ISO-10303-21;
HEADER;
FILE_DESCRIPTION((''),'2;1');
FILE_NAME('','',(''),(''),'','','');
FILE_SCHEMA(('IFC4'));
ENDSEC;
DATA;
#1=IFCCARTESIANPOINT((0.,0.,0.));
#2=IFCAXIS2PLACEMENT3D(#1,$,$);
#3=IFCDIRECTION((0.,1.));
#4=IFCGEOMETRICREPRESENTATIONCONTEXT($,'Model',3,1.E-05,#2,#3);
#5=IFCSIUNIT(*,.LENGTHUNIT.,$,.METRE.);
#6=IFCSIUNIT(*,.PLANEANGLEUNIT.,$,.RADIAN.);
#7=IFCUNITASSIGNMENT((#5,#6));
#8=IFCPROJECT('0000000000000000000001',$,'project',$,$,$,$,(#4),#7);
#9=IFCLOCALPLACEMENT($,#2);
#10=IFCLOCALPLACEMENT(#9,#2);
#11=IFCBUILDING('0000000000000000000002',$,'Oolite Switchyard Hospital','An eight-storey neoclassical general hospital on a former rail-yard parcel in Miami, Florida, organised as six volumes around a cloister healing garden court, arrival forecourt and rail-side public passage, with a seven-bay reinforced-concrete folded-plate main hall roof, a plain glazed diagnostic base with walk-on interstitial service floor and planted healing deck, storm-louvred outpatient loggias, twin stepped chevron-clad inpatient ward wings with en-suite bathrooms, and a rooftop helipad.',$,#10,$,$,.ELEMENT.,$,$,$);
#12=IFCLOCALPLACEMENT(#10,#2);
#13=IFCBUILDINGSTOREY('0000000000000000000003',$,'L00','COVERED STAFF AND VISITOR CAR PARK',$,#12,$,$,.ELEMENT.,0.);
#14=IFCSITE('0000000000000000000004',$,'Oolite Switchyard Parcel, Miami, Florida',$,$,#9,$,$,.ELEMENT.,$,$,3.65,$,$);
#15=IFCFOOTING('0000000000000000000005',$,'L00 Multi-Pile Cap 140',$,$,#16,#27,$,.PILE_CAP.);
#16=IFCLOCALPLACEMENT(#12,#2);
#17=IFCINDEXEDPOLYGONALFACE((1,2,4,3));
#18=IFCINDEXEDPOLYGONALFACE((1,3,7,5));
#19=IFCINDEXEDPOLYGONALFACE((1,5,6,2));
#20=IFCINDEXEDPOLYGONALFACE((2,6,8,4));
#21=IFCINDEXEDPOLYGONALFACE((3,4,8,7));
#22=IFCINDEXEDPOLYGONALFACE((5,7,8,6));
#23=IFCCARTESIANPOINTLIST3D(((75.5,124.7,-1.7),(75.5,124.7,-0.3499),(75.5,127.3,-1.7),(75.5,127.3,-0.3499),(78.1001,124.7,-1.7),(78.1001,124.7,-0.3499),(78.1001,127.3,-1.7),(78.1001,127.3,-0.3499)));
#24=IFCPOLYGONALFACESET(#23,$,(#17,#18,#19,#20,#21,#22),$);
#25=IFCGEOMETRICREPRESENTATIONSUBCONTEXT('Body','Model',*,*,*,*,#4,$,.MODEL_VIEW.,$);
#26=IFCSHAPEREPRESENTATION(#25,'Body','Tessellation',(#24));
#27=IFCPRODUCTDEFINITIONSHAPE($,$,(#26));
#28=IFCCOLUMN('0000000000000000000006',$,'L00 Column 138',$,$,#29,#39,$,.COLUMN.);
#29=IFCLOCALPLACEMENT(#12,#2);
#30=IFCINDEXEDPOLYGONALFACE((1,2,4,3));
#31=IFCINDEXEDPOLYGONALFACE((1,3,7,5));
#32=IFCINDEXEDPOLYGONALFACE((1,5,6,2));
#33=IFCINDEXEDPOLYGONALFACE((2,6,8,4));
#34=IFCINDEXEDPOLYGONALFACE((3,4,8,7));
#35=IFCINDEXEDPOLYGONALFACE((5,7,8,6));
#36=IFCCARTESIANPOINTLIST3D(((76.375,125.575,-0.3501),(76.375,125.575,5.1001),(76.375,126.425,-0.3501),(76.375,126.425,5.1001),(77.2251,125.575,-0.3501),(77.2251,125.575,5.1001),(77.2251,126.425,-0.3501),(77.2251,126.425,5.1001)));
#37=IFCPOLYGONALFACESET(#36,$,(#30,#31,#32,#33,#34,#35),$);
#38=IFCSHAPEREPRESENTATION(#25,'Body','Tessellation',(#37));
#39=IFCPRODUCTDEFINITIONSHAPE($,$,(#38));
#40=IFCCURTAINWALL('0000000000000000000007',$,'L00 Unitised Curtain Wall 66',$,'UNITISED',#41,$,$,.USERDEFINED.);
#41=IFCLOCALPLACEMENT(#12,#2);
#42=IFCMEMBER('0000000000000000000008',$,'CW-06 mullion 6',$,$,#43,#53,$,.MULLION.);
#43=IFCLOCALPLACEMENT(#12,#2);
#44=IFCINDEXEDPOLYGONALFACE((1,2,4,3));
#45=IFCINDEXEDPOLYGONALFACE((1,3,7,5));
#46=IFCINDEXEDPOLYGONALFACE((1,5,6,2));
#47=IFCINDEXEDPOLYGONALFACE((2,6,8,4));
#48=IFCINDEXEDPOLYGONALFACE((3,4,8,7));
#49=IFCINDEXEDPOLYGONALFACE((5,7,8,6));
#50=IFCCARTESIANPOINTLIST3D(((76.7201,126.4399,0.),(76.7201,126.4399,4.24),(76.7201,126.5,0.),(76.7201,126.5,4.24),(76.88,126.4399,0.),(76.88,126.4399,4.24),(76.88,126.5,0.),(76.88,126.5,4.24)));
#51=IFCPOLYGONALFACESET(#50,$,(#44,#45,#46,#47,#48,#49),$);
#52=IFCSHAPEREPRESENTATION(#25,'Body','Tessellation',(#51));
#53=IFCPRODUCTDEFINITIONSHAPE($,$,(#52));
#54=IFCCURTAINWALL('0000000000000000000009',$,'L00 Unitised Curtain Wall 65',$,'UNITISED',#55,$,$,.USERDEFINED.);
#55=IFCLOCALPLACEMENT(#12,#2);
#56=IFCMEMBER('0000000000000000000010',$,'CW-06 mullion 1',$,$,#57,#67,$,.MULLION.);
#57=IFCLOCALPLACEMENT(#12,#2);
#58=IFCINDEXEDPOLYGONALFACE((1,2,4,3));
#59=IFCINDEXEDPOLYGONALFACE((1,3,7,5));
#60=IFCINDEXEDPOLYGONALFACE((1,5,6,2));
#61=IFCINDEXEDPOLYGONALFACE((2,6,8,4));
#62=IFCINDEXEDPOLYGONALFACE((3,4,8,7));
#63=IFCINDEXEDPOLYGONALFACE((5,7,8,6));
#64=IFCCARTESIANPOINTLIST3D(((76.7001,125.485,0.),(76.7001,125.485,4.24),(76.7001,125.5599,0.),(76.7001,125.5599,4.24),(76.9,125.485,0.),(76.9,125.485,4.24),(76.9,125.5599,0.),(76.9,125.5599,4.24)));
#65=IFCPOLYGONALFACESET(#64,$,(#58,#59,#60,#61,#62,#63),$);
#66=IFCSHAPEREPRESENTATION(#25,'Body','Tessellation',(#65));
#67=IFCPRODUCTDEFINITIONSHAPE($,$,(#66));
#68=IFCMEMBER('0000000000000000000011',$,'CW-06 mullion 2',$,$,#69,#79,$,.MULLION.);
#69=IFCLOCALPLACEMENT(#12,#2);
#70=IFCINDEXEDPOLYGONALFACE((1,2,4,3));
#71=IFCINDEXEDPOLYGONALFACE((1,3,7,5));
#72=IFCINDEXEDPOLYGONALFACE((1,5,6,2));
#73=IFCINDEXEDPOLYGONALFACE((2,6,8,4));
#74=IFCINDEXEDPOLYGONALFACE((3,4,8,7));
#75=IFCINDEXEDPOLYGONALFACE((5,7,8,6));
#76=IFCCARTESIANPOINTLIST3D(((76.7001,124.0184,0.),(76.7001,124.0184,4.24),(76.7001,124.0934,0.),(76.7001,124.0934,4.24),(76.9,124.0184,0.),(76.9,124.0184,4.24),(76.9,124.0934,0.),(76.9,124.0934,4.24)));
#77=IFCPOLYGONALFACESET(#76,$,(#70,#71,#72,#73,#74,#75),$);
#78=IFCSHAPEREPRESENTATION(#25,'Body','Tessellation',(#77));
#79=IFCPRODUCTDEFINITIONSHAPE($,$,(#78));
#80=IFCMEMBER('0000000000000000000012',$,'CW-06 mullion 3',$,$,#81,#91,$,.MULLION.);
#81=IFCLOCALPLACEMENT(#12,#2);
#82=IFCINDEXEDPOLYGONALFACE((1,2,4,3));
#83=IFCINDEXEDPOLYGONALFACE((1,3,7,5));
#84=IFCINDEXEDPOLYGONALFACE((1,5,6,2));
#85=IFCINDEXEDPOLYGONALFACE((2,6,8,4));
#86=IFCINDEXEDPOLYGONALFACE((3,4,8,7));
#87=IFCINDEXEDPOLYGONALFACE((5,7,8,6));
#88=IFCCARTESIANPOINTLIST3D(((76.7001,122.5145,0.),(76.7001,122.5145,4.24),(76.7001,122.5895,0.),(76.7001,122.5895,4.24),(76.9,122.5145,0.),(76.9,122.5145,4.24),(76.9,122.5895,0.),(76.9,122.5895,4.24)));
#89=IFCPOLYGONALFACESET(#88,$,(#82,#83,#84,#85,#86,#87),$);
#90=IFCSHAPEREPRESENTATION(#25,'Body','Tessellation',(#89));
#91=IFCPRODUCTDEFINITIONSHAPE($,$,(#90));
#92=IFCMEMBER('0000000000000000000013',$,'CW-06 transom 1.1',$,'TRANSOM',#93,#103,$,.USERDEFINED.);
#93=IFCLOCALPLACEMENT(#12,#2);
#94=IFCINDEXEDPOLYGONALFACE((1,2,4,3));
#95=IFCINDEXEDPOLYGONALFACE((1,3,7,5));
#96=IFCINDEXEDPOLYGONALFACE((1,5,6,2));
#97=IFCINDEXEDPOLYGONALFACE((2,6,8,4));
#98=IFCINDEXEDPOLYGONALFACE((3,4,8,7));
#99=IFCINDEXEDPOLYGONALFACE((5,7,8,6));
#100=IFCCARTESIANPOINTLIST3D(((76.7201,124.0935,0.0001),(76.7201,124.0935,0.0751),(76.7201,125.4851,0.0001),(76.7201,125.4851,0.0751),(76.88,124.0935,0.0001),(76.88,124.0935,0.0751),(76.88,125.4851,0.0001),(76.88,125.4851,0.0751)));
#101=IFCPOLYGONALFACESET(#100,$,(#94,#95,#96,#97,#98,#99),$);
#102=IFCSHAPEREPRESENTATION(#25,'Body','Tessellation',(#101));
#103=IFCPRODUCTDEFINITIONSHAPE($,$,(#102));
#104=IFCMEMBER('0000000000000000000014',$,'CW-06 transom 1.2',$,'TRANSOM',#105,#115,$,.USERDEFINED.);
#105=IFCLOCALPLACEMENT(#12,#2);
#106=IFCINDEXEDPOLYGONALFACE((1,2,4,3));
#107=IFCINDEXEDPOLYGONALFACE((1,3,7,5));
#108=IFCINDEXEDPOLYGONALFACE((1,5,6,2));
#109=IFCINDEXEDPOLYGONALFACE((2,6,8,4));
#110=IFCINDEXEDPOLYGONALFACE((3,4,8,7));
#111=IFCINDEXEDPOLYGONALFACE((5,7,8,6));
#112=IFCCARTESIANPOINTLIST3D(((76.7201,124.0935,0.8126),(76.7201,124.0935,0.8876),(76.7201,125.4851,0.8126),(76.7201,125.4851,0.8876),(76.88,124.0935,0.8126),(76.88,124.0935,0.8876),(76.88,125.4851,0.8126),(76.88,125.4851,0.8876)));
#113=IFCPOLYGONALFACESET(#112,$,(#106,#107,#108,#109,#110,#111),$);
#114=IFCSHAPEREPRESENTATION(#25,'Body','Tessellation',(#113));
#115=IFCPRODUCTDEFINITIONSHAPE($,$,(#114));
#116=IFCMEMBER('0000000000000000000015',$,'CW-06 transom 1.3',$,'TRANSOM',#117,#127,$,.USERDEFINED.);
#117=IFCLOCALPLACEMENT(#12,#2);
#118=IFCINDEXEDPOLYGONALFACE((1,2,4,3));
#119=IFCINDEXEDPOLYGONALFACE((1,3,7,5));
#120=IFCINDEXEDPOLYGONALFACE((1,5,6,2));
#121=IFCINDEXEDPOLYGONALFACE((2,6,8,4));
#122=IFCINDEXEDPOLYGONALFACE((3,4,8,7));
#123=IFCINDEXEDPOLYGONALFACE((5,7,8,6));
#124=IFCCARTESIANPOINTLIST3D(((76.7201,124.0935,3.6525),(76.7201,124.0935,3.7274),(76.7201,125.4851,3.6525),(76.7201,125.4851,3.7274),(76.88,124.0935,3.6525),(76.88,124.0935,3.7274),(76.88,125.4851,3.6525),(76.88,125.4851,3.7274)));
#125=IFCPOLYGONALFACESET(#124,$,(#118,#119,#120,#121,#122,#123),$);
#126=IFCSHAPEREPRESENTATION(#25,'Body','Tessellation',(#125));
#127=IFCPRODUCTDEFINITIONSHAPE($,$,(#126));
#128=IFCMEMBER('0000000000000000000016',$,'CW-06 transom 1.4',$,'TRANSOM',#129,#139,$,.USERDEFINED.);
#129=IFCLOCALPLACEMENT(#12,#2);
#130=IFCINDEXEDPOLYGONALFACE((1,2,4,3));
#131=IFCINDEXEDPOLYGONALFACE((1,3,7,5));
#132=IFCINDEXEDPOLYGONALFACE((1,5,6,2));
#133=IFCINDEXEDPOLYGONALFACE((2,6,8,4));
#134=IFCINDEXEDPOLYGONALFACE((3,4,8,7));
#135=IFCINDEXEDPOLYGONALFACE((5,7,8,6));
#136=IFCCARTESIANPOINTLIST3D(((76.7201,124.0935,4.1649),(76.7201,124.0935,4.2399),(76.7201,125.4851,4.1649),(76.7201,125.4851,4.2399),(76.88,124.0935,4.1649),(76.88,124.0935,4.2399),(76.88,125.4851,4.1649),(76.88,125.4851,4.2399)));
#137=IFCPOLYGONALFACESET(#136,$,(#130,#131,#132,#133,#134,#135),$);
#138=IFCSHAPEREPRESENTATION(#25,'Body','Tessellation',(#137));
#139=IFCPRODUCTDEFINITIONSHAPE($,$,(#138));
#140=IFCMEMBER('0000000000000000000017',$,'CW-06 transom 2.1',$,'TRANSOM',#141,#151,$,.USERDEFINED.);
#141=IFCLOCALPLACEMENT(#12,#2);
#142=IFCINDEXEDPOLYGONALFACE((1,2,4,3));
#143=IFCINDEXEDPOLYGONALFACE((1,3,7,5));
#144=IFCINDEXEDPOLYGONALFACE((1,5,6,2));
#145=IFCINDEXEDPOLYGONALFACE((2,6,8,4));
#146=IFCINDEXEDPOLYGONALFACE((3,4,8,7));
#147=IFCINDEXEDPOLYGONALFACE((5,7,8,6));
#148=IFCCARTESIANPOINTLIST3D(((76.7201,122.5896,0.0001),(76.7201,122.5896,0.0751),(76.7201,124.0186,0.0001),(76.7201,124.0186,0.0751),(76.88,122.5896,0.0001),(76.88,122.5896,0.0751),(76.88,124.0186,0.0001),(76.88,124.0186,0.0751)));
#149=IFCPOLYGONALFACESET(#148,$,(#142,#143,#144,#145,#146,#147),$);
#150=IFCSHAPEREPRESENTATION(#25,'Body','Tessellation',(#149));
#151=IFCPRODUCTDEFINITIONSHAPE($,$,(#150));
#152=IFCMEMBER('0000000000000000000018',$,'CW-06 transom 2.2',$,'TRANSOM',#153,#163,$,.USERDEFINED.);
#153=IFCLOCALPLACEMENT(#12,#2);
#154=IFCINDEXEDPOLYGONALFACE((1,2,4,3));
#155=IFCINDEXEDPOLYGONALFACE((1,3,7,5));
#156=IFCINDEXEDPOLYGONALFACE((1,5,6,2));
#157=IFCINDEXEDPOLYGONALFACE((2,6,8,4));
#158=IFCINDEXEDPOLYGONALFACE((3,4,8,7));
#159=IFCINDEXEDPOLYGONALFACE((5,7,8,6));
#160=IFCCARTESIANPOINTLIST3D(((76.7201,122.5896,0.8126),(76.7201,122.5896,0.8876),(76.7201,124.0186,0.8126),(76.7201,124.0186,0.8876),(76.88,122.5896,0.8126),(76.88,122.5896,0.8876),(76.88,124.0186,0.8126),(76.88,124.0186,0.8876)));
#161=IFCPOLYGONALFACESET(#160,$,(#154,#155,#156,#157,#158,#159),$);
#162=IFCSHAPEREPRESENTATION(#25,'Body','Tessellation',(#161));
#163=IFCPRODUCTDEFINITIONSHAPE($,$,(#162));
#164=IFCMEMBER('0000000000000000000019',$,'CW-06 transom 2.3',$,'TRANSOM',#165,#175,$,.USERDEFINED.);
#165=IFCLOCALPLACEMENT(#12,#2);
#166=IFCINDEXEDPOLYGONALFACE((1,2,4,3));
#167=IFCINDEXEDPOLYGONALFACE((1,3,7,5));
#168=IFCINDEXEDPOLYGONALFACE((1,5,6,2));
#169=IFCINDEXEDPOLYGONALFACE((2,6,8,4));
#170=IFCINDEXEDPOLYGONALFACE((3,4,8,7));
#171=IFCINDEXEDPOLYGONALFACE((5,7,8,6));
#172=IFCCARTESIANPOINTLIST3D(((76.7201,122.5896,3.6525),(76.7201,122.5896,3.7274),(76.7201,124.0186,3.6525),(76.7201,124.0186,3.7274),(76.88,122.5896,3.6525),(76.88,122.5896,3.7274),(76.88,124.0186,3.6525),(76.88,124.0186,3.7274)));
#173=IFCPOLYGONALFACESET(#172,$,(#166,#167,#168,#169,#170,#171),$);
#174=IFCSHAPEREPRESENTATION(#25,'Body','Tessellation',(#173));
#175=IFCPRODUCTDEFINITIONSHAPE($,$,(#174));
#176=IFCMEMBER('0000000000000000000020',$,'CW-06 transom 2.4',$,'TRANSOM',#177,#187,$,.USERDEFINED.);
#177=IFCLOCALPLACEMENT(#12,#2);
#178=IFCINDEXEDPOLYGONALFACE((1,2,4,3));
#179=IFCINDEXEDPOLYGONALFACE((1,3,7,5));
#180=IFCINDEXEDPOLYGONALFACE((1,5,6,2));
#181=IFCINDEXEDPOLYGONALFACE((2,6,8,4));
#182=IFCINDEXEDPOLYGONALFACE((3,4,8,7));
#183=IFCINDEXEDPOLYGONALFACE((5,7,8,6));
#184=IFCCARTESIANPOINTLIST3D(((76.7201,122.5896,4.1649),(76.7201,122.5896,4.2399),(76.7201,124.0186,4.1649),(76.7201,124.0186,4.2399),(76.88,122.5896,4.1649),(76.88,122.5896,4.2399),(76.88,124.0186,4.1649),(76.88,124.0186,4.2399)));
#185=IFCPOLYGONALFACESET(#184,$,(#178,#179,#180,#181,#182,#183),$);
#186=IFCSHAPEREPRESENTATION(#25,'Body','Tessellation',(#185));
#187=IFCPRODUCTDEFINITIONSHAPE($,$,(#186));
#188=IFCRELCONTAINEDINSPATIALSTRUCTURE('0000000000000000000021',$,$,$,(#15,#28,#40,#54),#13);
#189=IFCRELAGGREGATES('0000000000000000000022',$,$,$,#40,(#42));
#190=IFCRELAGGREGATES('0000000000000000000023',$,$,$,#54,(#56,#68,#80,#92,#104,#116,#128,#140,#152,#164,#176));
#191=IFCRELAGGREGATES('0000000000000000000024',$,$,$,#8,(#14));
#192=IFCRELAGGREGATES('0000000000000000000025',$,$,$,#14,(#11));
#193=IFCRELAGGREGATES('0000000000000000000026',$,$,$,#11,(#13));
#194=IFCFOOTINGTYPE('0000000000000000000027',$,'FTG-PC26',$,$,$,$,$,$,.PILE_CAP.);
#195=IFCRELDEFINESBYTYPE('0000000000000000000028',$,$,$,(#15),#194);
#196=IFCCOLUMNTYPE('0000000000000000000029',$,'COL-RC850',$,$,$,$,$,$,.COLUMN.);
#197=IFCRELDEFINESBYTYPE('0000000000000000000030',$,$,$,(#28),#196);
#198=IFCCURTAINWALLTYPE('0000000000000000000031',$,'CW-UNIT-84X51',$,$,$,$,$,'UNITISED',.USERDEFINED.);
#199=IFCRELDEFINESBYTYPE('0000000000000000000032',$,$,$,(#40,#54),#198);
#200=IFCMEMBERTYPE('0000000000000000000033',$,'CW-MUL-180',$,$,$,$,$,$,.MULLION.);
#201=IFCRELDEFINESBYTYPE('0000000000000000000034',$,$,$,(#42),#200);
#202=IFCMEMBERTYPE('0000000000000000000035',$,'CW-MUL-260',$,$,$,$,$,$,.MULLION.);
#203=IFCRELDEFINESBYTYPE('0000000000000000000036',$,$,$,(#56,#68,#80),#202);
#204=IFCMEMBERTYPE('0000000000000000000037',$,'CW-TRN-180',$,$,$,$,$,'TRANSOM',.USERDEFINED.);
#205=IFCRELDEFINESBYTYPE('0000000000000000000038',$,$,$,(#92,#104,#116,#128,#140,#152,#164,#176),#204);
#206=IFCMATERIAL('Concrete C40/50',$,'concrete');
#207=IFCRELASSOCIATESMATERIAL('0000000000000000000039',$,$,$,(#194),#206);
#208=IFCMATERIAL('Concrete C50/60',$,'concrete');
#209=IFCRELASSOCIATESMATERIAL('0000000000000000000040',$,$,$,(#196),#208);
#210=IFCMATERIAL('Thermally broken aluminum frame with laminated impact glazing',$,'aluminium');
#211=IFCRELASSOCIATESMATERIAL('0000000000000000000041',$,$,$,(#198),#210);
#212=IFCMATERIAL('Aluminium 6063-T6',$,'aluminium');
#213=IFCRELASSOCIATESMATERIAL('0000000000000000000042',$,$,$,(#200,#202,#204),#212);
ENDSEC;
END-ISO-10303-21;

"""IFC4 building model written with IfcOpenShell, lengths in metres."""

from ifc_helpers import new_model, si_unit, direction, frame, origin, origin_2d, place, context, subcontext, project, spatial, rectangle, extrude, material, material_profile, profile_set, type_object, element, aggregate, save


model = new_model("IFC4")

# Units and contexts
model_context = context("Model", 3, precision=1e-05, world=origin(), true_north=direction((0.0, 1.0)))
body_context = subcontext(model_context, "Body", "Model", "MODEL_VIEW")
ifc_project = project(units=[si_unit("LENGTHUNIT", "METRE"), si_unit("PLANEANGLEUNIT", "RADIAN")], contexts=[model_context])

# Site, building, storey
site_placement = place(None, origin())
site = spatial("IfcSite", under=ifc_project, at=site_placement, Name="Oolite Switchyard Parcel, Miami, Florida", CompositionType="ELEMENT", RefElevation=3.65)
building_placement = place(site_placement, origin())
building = spatial("IfcBuilding", under=site, at=building_placement, Name="Oolite Switchyard Hospital", Description="An eight-storey neoclassical general hospital on a former rail-yard parcel in Miami, Florida, organised as six volumes around a cloister healing garden court, arrival forecourt and rail-side public passage, with a seven-bay reinforced-concrete folded-plate main hall roof, a plain glazed diagnostic base with walk-on interstitial service floor and planted healing deck, storm-louvred outpatient loggias, twin stepped chevron-clad inpatient ward wings with en-suite bathrooms, and a rooftop helipad.", CompositionType="ELEMENT")
storey_placement = place(building_placement, origin())
storey = spatial("IfcBuildingStorey", under=building, at=storey_placement, Name="L00", Description="COVERED STAFF AND VISITOR CAR PARK", CompositionType="ELEMENT", Elevation=0.0)

# Footing
ifc_material_1 = material(Name="Concrete C40/50", Category="concrete")
footing_type = type_object("IfcFootingType", Name="FTG-PC26", PredefinedType="PILE_CAP", material=ifc_material_1)
footing_placement = place(storey_placement, frame((76.8, 126.0, -1.7), z_axis=(0.0, 0.0, 1.0), x_axis=(1.0, 0.0, 0.0)))
element("IfcFooting", 1, at=footing_placement, inside=storey, type_object=footing_type, Name="L00 Multi-Pile Cap 140", PredefinedType="PILE_CAP", context=body_context, shape_type="SweptSolid", body=[
    extrude(rectangle(XDim=2.6001, YDim=2.6001, at=origin_2d()), origin(), (0.0, 0.0, 1.0), 1.3501),
])

# Column
ifc_material_2 = material(Name="Concrete C50/60", Category="concrete")
ifc_material_profile_1 = material_profile(ifc_material_2, rectangle(XDim=0.8501, YDim=0.8501, at=origin_2d()), Name="RC850X850")
ifc_profile_set_1 = profile_set([ifc_material_profile_1], Name="Concrete C50/60")
column_type = type_object("IfcColumnType", Name="COL-RC850", PredefinedType="COLUMN", material=ifc_profile_set_1)
column_placement = place(storey_placement, frame((76.8, 126.0, -0.3501), z_axis=(0.0, 0.0, 1.0), x_axis=(1.0, 0.0, 0.0)))
element("IfcColumn", 2, at=column_placement, inside=storey, type_object=column_type, Name="L00 Column 138", PredefinedType="COLUMN", context=body_context, shape_type="SweptSolid", body=[
    extrude(rectangle(XDim=0.8501, YDim=0.8501, at=origin_2d()), origin(), (0.0, 0.0, 1.0), 5.4502),
])

# Curtain wall, member
ifc_material_3 = material(Name="Thermally broken aluminum frame with laminated impact glazing", Category="aluminium")
curtain_wall_type = type_object("IfcCurtainWallType", Name="CW-UNIT-84X51", ElementType="UNITISED", PredefinedType="USERDEFINED", material=ifc_material_3)
curtain_wall_1_placement = place(storey_placement, origin())
curtain_wall_1 = element("IfcCurtainWall", 3, at=curtain_wall_1_placement, inside=storey, type_object=curtain_wall_type, Name="L00 Unitised Curtain Wall 66", ObjectType="UNITISED", PredefinedType="USERDEFINED")
ifc_material_4 = material(Name="Aluminium 6063-T6", Category="aluminium")
ifc_material_profile_2 = material_profile(ifc_material_4, rectangle(XDim=0.1599, YDim=0.0601, at=origin_2d()), Name="CWM60X160")
ifc_profile_set_2 = profile_set([ifc_material_profile_2], Name="Aluminium 6063-T6")
member_type_1 = type_object("IfcMemberType", Name="CW-MUL-180", PredefinedType="MULLION", material=ifc_profile_set_2)
member_1_placement = place(storey_placement, frame((76.8, 126.47, 0.0), z_axis=(0.0, 0.0, 1.0), x_axis=(1.0, 0.0, 0.0)))
member_1 = element("IfcMember", 4, at=member_1_placement, type_object=member_type_1, Name="CW-06 mullion 6", PredefinedType="MULLION", context=body_context, shape_type="SweptSolid", body=[
    extrude(rectangle(XDim=0.1599, YDim=0.0601, at=origin_2d()), origin(), (0.0, 0.0, 1.0), 4.24),
])

# Curtain wall, members
curtain_wall_2_placement = place(storey_placement, origin())
curtain_wall_2 = element("IfcCurtainWall", 5, at=curtain_wall_2_placement, inside=storey, type_object=curtain_wall_type, Name="L00 Unitised Curtain Wall 65", ObjectType="UNITISED", PredefinedType="USERDEFINED")
ifc_material_profile_3 = material_profile(ifc_material_4, rectangle(XDim=0.2, YDim=0.075, at=origin_2d()), Name="CWM75X200")
ifc_profile_set_3 = profile_set([ifc_material_profile_3], Name="Aluminium 6063-T6")
member_type_2 = type_object("IfcMemberType", Name="CW-MUL-260", PredefinedType="MULLION", material=ifc_profile_set_3)
member_2_placement = place(storey_placement, frame((76.8, 125.5225, 0.0), z_axis=(0.0, 0.0, 1.0), x_axis=(1.0, 0.0, 0.0)))
member_2 = element("IfcMember", 6, at=member_2_placement, type_object=member_type_2, Name="CW-06 mullion 1", PredefinedType="MULLION", context=body_context, shape_type="SweptSolid", body=[
    extrude(rectangle(XDim=0.2, YDim=0.075, at=origin_2d()), origin(), (0.0, 0.0, 1.0), 4.24),
])
member_3_placement = place(storey_placement, frame((76.8, 124.0559, 0.0), z_axis=(0.0, 0.0, 1.0), x_axis=(1.0, 0.0, 0.0)))
member_3 = element("IfcMember", 7, at=member_3_placement, type_object=member_type_2, Name="CW-06 mullion 2", PredefinedType="MULLION", context=body_context, shape_type="SweptSolid", body=[
    extrude(rectangle(XDim=0.2, YDim=0.075, at=origin_2d()), origin(), (0.0, 0.0, 1.0), 4.24),
])
member_4_placement = place(storey_placement, frame((76.8, 122.552, 0.0), z_axis=(0.0, 0.0, 1.0), x_axis=(1.0, 0.0, 0.0)))
member_4 = element("IfcMember", 8, at=member_4_placement, type_object=member_type_2, Name="CW-06 mullion 3", PredefinedType="MULLION", context=body_context, shape_type="SweptSolid", body=[
    extrude(rectangle(XDim=0.2, YDim=0.075, at=origin_2d()), origin(), (0.0, 0.0, 1.0), 4.24),
])
ifc_material_profile_4 = material_profile(ifc_material_4, rectangle(XDim=0.1599, YDim=0.075, at=origin_2d()), Name="CWT75X160")
ifc_profile_set_4 = profile_set([ifc_material_profile_4], Name="Aluminium 6063-T6")
member_type_3 = type_object("IfcMemberType", Name="CW-TRN-180", ElementType="TRANSOM", PredefinedType="USERDEFINED", material=ifc_profile_set_4)
member_5_placement = place(storey_placement, frame((76.8, 125.4851, 0.0376), z_axis=(0.0, -1.0, 0.0), x_axis=(1.0, 0.0, 0.0)))
member_5 = element("IfcMember", 9, at=member_5_placement, type_object=member_type_3, Name="CW-06 transom 1.1", ObjectType="TRANSOM", PredefinedType="USERDEFINED", context=body_context, shape_type="SweptSolid", body=[
    extrude(rectangle(XDim=0.1599, YDim=0.075, at=origin_2d()), origin(), (0.0, 0.0, 1.0), 1.3916),
])
member_6_placement = place(storey_placement, frame((76.8, 125.4851, 0.8501), z_axis=(0.0, -1.0, 0.0), x_axis=(1.0, 0.0, 0.0)))
member_6 = element("IfcMember", 10, at=member_6_placement, type_object=member_type_3, Name="CW-06 transom 1.2", ObjectType="TRANSOM", PredefinedType="USERDEFINED", context=body_context, shape_type="SweptSolid", body=[
    extrude(rectangle(XDim=0.1599, YDim=0.075, at=origin_2d()), origin(), (0.0, 0.0, 1.0), 1.3916),
])
member_7_placement = place(storey_placement, frame((76.8, 125.4851, 3.6899), z_axis=(0.0, -1.0, 0.0), x_axis=(1.0, 0.0, 0.0)))
member_7 = element("IfcMember", 11, at=member_7_placement, type_object=member_type_3, Name="CW-06 transom 1.3", ObjectType="TRANSOM", PredefinedType="USERDEFINED", context=body_context, shape_type="SweptSolid", body=[
    extrude(rectangle(XDim=0.1599, YDim=0.075, at=origin_2d()), origin(), (0.0, 0.0, 1.0), 1.3916),
])
member_8_placement = place(storey_placement, frame((76.8, 125.4851, 4.2024), z_axis=(0.0, -1.0, 0.0), x_axis=(1.0, 0.0, 0.0)))
member_8 = element("IfcMember", 12, at=member_8_placement, type_object=member_type_3, Name="CW-06 transom 1.4", ObjectType="TRANSOM", PredefinedType="USERDEFINED", context=body_context, shape_type="SweptSolid", body=[
    extrude(rectangle(XDim=0.1599, YDim=0.075, at=origin_2d()), origin(), (0.0, 0.0, 1.0), 1.3916),
])
member_9_placement = place(storey_placement, frame((76.8, 124.0186, 0.0376), z_axis=(0.0, -1.0, 0.0), x_axis=(1.0, 0.0, 0.0)))
member_9 = element("IfcMember", 13, at=member_9_placement, type_object=member_type_3, Name="CW-06 transom 2.1", ObjectType="TRANSOM", PredefinedType="USERDEFINED", context=body_context, shape_type="SweptSolid", body=[
    extrude(rectangle(XDim=0.1599, YDim=0.075, at=origin_2d()), origin(), (0.0, 0.0, 1.0), 1.429),
])
member_10_placement = place(storey_placement, frame((76.8, 124.0186, 0.8501), z_axis=(0.0, -1.0, 0.0), x_axis=(1.0, 0.0, 0.0)))
member_10 = element("IfcMember", 14, at=member_10_placement, type_object=member_type_3, Name="CW-06 transom 2.2", ObjectType="TRANSOM", PredefinedType="USERDEFINED", context=body_context, shape_type="SweptSolid", body=[
    extrude(rectangle(XDim=0.1599, YDim=0.075, at=origin_2d()), origin(), (0.0, 0.0, 1.0), 1.429),
])
member_11_placement = place(storey_placement, frame((76.8, 124.0186, 3.6899), z_axis=(0.0, -1.0, 0.0), x_axis=(1.0, 0.0, 0.0)))
member_11 = element("IfcMember", 15, at=member_11_placement, type_object=member_type_3, Name="CW-06 transom 2.3", ObjectType="TRANSOM", PredefinedType="USERDEFINED", context=body_context, shape_type="SweptSolid", body=[
    extrude(rectangle(XDim=0.1599, YDim=0.075, at=origin_2d()), origin(), (0.0, 0.0, 1.0), 1.429),
])
member_12_placement = place(storey_placement, frame((76.8, 124.0186, 4.2024), z_axis=(0.0, -1.0, 0.0), x_axis=(1.0, 0.0, 0.0)))
member_12 = element("IfcMember", 16, at=member_12_placement, type_object=member_type_3, Name="CW-06 transom 2.4", ObjectType="TRANSOM", PredefinedType="USERDEFINED", context=body_context, shape_type="SweptSolid", body=[
    extrude(rectangle(XDim=0.1599, YDim=0.075, at=origin_2d()), origin(), (0.0, 0.0, 1.0), 1.429),
])

aggregate(curtain_wall_1, [member_1])
aggregate(curtain_wall_2, [member_2, member_3, member_4, member_5, member_6, member_7, member_8, member_9, member_10, member_11, member_12])

save(model, "model.ifc")
